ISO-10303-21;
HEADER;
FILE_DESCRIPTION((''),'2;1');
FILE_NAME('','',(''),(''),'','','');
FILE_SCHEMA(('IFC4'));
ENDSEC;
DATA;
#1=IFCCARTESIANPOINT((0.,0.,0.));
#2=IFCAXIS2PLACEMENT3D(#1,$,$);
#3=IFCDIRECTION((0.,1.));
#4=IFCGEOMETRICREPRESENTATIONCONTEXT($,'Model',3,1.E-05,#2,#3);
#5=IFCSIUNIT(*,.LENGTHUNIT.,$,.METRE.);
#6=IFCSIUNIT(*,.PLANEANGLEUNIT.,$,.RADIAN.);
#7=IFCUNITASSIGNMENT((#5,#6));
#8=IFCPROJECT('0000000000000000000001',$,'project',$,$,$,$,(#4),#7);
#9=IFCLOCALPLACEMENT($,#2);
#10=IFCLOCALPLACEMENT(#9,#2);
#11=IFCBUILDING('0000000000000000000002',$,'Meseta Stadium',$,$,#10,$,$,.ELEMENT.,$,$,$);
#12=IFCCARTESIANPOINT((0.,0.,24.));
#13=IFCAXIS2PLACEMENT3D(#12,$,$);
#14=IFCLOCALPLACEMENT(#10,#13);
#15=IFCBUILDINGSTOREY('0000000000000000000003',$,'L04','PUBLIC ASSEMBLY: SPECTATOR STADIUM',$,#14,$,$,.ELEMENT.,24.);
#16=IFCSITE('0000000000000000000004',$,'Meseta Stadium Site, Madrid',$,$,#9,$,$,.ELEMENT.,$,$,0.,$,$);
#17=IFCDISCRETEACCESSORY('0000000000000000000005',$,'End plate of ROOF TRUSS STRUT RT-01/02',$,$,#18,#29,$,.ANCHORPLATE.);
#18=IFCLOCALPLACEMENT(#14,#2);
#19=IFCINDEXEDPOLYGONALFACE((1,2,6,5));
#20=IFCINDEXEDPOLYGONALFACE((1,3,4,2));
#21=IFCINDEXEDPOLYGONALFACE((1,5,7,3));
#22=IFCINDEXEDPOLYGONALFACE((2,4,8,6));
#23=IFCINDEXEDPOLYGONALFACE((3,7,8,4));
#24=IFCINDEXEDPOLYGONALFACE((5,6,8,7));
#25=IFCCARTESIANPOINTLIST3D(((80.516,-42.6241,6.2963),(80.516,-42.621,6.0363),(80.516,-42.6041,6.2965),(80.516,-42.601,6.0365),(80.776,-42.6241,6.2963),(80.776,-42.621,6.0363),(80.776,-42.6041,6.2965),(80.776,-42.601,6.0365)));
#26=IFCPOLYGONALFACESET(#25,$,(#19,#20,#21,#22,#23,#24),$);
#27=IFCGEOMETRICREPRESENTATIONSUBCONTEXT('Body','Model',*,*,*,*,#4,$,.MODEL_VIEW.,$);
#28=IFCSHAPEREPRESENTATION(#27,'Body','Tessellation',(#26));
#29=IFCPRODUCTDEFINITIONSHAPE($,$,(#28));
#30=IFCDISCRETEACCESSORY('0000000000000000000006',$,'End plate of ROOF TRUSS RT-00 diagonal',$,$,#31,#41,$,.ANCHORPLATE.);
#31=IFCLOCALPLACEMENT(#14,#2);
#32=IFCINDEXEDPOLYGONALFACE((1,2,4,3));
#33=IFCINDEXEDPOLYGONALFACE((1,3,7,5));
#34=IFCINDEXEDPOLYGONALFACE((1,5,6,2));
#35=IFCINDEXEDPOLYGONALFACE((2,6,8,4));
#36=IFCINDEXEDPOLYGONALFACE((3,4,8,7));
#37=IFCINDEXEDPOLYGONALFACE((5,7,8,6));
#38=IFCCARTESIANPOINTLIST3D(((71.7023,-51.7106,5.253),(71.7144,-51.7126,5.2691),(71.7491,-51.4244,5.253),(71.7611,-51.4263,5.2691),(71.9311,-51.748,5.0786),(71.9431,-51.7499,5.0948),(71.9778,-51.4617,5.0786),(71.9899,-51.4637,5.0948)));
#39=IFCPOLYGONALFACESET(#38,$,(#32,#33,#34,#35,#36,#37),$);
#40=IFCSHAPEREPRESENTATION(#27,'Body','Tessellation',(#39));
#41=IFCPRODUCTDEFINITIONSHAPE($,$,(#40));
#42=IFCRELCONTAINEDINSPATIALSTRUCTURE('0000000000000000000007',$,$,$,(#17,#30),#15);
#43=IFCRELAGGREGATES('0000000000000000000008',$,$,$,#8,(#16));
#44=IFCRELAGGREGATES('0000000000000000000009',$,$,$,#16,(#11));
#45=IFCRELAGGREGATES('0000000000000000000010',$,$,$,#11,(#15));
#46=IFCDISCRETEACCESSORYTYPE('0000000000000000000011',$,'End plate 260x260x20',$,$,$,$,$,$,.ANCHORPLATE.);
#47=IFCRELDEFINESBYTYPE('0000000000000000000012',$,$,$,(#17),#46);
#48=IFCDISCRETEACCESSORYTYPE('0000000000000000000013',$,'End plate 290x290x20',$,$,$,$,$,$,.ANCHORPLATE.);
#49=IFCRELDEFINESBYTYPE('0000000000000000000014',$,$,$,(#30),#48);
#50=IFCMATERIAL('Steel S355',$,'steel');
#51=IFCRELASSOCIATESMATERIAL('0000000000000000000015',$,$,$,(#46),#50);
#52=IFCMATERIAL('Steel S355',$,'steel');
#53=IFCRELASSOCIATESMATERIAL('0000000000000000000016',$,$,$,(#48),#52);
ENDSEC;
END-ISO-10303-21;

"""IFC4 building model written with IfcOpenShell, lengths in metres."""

from ifc_helpers import new_model, si_unit, direction, frame, origin, origin_2d, place, context, subcontext, project, spatial, rectangle, extrude, material, material_profile, profile_set, type_object, element, save


model = new_model("IFC4")

# Units and contexts
model_context = context("Model", 3, precision=1e-05, world=origin(), true_north=direction((0.0, 1.0)))
body_context = subcontext(model_context, "Body", "Model", "MODEL_VIEW")
ifc_project = project(units=[si_unit("LENGTHUNIT", "METRE"), si_unit("PLANEANGLEUNIT", "RADIAN")], contexts=[model_context])

# Site, building, storey
site_placement = place(None, origin())
site = spatial("IfcSite", under=ifc_project, at=site_placement, Name="Meseta Stadium Site, Madrid", CompositionType="ELEMENT", RefElevation=0.0)
building_placement = place(site_placement, origin())
building = spatial("IfcBuilding", under=site, at=building_placement, Name="Meseta Stadium", CompositionType="ELEMENT")
storey_placement = place(building_placement, frame((0.0, 0.0, 24.0)))
storey = spatial("IfcBuildingStorey", under=building, at=storey_placement, Name="L04", Description="PUBLIC ASSEMBLY: SPECTATOR STADIUM", CompositionType="ELEMENT", Elevation=24.0)

# Discrete accessories
ifc_material_1 = material(Name="Steel S355", Category="steel")
ifc_material_profile_1 = material_profile(ifc_material_1, rectangle(XDim=0.26, YDim=0.26, at=origin_2d()), Name="PL 260x260")
ifc_profile_set_1 = profile_set([ifc_material_profile_1], Name="Steel S355")
discrete_accessory_type_1 = type_object("IfcDiscreteAccessoryType", Name="End plate 260x260x20", PredefinedType="ANCHORPLATE", material=ifc_profile_set_1)
for number, where, z_axis, x_axis, name in (
    (1, (80.646, -42.6226, 6.1663), (0.0, 0.999926, 0.012194), (-1.0, 0.0, 0.0), "End plate of ROOF TRUSS STRUT RT-01/02"),
):
    element("IfcDiscreteAccessory", number, at=place(storey_placement, frame(where, z_axis=z_axis, x_axis=x_axis)), inside=storey, type_object=discrete_accessory_type_1, Name=name, PredefinedType="ANCHORPLATE", context=body_context, shape_type="SweptSolid", body=[
        extrude(rectangle(XDim=0.26, YDim=0.26, at=origin_2d()), origin(), (0.0, 0.0, 1.0), 0.02),
    ])
ifc_material_2 = material(Name="Steel S355", Category="steel")
ifc_material_profile_2 = material_profile(ifc_material_2, rectangle(XDim=0.29, YDim=0.29, at=origin_2d()), Name="PL 290x290")
ifc_profile_set_2 = profile_set([ifc_material_profile_2], Name="Steel S355")
discrete_accessory_type_2 = type_object("IfcDiscreteAccessoryType", Name="End plate 290x290x20", PredefinedType="ANCHORPLATE", material=ifc_profile_set_2)
discrete_accessory_1_placement = place(storey_placement, frame((71.8401, -51.5862, 5.1658), z_axis=(0.593297, -0.096865, 0.799135), x_axis=(0.161132, 0.986933, 0.0)))
element("IfcDiscreteAccessory", 2, at=discrete_accessory_1_placement, inside=storey, type_object=discrete_accessory_type_2, Name="End plate of ROOF TRUSS RT-00 diagonal", PredefinedType="ANCHORPLATE", context=body_context, shape_type="SweptSolid", body=[
    extrude(rectangle(XDim=0.29, YDim=0.29, at=origin_2d()), origin(), (0.0, 0.0, 1.0), 0.0203),
])

save(model, "model.ifc")
